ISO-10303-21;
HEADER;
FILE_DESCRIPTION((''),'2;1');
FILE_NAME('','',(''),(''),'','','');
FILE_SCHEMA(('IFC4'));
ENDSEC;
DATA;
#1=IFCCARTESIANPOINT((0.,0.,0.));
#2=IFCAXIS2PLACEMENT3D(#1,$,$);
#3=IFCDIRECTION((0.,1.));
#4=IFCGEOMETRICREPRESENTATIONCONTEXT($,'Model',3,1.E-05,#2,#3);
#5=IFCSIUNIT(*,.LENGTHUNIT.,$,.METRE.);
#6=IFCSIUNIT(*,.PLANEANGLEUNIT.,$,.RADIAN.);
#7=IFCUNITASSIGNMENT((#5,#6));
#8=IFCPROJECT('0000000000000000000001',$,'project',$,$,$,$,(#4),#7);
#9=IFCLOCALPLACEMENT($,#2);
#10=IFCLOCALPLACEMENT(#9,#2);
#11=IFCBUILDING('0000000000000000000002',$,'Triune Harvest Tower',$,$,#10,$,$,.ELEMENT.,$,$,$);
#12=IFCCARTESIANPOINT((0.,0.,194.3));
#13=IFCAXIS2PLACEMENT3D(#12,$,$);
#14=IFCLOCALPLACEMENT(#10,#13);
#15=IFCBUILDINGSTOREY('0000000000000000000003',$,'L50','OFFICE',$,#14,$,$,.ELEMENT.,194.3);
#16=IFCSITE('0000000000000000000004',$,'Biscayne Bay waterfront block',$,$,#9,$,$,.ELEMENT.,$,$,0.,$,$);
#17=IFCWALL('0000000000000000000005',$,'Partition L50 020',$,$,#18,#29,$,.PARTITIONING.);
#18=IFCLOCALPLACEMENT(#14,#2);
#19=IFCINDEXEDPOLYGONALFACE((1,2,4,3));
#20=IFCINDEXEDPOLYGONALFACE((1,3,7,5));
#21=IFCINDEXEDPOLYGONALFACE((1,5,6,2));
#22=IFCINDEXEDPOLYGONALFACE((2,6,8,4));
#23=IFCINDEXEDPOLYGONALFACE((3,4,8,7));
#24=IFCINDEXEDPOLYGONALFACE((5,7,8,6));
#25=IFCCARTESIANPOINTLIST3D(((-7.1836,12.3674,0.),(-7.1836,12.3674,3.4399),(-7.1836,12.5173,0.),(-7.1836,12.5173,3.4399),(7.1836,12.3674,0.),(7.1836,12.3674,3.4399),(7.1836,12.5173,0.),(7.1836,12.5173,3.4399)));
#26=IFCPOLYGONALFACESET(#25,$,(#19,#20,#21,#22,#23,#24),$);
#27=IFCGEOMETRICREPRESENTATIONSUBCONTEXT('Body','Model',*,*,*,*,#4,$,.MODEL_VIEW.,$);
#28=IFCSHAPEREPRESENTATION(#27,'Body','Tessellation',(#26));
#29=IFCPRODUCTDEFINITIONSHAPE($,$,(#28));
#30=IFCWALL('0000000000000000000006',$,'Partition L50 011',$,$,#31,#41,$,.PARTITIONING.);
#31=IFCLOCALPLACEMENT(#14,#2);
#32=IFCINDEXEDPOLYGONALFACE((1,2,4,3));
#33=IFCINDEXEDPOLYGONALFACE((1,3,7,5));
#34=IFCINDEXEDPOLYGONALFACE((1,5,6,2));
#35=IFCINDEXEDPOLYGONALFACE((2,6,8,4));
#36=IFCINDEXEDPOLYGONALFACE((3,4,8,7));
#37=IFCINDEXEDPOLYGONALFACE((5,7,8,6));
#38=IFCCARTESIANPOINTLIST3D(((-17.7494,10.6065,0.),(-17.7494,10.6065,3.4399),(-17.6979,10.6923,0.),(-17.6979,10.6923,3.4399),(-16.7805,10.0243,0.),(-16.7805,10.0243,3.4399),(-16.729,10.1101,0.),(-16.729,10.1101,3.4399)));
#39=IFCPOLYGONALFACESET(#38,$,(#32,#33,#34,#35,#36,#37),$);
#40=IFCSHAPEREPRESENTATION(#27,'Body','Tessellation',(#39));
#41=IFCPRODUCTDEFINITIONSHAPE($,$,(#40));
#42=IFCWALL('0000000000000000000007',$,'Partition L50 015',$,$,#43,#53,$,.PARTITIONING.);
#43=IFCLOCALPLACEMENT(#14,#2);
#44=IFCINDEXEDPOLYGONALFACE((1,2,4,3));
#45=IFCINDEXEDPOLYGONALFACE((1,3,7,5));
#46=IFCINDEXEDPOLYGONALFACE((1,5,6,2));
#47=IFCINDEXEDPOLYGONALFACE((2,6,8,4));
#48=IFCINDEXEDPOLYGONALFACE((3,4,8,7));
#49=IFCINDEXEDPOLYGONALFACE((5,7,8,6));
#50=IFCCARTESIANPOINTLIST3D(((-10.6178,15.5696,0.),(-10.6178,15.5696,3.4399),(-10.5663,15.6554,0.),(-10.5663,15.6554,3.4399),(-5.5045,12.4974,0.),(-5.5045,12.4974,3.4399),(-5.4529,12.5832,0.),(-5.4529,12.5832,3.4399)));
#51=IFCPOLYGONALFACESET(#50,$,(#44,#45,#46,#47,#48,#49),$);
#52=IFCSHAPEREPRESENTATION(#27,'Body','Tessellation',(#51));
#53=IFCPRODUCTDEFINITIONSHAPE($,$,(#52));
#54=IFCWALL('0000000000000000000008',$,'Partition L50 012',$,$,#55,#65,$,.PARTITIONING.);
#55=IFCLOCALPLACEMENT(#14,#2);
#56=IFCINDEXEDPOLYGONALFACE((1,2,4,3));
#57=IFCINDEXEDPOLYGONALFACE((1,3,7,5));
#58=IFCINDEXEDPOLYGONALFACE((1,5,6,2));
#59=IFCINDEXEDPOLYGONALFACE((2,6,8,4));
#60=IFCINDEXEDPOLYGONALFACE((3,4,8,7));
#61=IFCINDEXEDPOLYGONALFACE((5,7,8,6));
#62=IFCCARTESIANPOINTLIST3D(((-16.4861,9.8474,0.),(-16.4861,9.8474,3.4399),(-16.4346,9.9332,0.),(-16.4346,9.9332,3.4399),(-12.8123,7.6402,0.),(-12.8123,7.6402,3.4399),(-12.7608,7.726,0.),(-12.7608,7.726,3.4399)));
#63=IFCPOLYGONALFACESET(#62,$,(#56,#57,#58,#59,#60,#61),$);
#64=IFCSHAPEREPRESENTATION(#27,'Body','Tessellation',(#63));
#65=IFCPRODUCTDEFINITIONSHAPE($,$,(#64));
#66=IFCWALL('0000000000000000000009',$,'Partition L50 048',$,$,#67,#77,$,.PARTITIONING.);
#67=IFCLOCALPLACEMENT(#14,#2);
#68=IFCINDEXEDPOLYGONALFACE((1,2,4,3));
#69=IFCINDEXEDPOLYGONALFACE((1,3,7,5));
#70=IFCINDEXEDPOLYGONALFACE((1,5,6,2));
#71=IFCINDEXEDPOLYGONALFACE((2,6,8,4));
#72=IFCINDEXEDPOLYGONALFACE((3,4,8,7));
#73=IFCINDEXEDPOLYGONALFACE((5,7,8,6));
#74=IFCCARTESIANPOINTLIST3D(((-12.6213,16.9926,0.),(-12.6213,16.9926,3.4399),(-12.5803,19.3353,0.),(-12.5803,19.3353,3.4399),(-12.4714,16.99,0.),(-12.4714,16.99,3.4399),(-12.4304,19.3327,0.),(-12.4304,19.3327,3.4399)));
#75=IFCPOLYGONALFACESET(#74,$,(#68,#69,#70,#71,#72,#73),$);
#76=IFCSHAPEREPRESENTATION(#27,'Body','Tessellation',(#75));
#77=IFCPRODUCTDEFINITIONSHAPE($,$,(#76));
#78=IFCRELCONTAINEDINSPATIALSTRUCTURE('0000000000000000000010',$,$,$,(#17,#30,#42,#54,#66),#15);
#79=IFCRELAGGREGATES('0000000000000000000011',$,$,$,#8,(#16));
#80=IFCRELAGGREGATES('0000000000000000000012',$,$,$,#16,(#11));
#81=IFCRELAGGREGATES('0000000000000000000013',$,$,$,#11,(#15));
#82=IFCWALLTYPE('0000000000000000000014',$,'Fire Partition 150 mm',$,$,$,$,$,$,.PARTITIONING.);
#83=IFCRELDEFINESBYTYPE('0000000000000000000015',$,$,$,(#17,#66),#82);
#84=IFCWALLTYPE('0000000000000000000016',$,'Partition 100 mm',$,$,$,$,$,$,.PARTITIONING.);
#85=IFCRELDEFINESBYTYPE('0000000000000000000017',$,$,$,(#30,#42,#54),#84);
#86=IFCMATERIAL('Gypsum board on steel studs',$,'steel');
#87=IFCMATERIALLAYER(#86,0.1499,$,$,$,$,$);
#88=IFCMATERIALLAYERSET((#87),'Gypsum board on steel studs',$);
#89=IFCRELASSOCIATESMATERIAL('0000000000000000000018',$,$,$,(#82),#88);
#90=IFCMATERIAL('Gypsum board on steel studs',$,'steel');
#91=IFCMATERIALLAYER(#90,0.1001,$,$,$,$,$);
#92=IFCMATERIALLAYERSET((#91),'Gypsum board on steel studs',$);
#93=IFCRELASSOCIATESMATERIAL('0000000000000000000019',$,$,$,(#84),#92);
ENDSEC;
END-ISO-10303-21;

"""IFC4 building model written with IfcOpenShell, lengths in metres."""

from ifc_helpers import new_model, si_unit, direction, frame, frame_2d, origin, place, context, subcontext, project, spatial, rectangle, extrude, source, transform, mapped, material, layer, layer_set, type_object, element, save


model = new_model("IFC4")

# Units and contexts
model_context = context("Model", 3, precision=1e-05, world=origin(), true_north=direction((0.0, 1.0)))
body_context = subcontext(model_context, "Body", "Model", "MODEL_VIEW")
ifc_project = project(units=[si_unit("LENGTHUNIT", "METRE"), si_unit("PLANEANGLEUNIT", "RADIAN")], contexts=[model_context])

# Site, building, storey
site_placement = place(None, origin())
site = spatial("IfcSite", under=ifc_project, at=site_placement, Name="Biscayne Bay waterfront block", CompositionType="ELEMENT", RefElevation=0.0)
building_placement = place(site_placement, origin())
building = spatial("IfcBuilding", under=site, at=building_placement, Name="Triune Harvest Tower", CompositionType="ELEMENT")
storey_placement = place(building_placement, frame((0.0, 0.0, 194.3)))
storey = spatial("IfcBuildingStorey", under=building, at=storey_placement, Name="L50", Description="OFFICE", CompositionType="ELEMENT", Elevation=194.3)

# Walls
ifc_material_1 = material(Name="Gypsum board on steel studs", Category="steel")
ifc_layer_1 = layer(ifc_material_1, 0.1499)
ifc_layer_set_1 = layer_set([ifc_layer_1], Name="Gypsum board on steel studs")
wall_type_1 = type_object("IfcWallType", Name="Fire Partition 150 mm", PredefinedType="PARTITIONING", material=ifc_layer_set_1)
shared_shape_1 = source(origin(), body_context, "Body", "SweptSolid", [
    extrude(rectangle(XDim=14.3672, YDim=0.1499, at=frame_2d((7.1836, 0.0))), origin(), (0.0, 0.0, 1.0), 3.4399),
])
wall_1_placement = place(storey_placement, frame((-7.1836, 12.4424, 0.0), z_axis=(0.0, 0.0, 1.0), x_axis=(1.0, 0.0, 0.0)))
element("IfcWall", 1, at=wall_1_placement, inside=storey, type_object=wall_type_1, Name="Partition L50 020", PredefinedType="PARTITIONING", context=body_context, shape_type="MappedRepresentation", body=[
    mapped(shared_shape_1, transform((0.0, 0.0, 0.0), scale=1.0)),
])
ifc_material_2 = material(Name="Gypsum board on steel studs", Category="steel")
ifc_layer_2 = layer(ifc_material_2, 0.1001)
ifc_layer_set_2 = layer_set([ifc_layer_2], Name="Gypsum board on steel studs")
wall_type_2 = type_object("IfcWallType", Name="Partition 100 mm", PredefinedType="PARTITIONING", material=ifc_layer_set_2)
shared_shape_2 = source(origin(), body_context, "Body", "SweptSolid", [
    extrude(rectangle(XDim=1.1304, YDim=0.1001, at=frame_2d((0.5652, 0.0))), origin(), (0.0, 0.0, 1.0), 3.4399),
])
wall_2_placement = place(storey_placement, frame((-17.7236, 10.6494, 0.0), z_axis=(0.0, 0.0, 1.0), x_axis=(0.85715, -0.515067, 0.0)))
element("IfcWall", 2, at=wall_2_placement, inside=storey, type_object=wall_type_2, Name="Partition L50 011", PredefinedType="PARTITIONING", context=body_context, shape_type="MappedRepresentation", body=[
    mapped(shared_shape_2, transform((0.0, 0.0, 0.0), scale=1.0)),
])
shared_shape_3 = source(origin(), body_context, "Body", "SweptSolid", [
    extrude(rectangle(XDim=5.9653, YDim=0.1001, at=frame_2d((2.9827, 0.0))), origin(), (0.0, 0.0, 1.0), 3.4399),
])
wall_3_placement = place(storey_placement, frame((-10.592, 15.6125, 0.0), z_axis=(0.0, 0.0, 1.0), x_axis=(0.857175, -0.515025, 0.0)))
element("IfcWall", 3, at=wall_3_placement, inside=storey, type_object=wall_type_2, Name="Partition L50 015", PredefinedType="PARTITIONING", context=body_context, shape_type="MappedRepresentation", body=[
    mapped(shared_shape_3, transform((0.0, 0.0, 0.0), scale=1.0)),
])
shared_shape_4 = source(origin(), body_context, "Body", "SweptSolid", [
    extrude(rectangle(XDim=4.2859, YDim=0.1001, at=frame_2d((2.1431, 0.0))), origin(), (0.0, 0.0, 1.0), 3.4399),
])
wall_4_placement = place(storey_placement, frame((-16.4604, 9.8904, 0.0), z_axis=(0.0, 0.0, 1.0), x_axis=(0.857186, -0.515007, 0.0)))
element("IfcWall", 4, at=wall_4_placement, inside=storey, type_object=wall_type_2, Name="Partition L50 012", PredefinedType="PARTITIONING", context=body_context, shape_type="MappedRepresentation", body=[
    mapped(shared_shape_4, transform((0.0, 0.0, 0.0), scale=1.0)),
])
shared_shape_5 = source(origin(), body_context, "Body", "SweptSolid", [
    extrude(rectangle(XDim=2.343, YDim=0.1499, at=frame_2d((1.1714, 0.0))), origin(), (0.0, 0.0, 1.0), 3.4399),
])
wall_5_placement = place(storey_placement, frame((-12.5464, 16.9915, 0.0), z_axis=(0.0, 0.0, 1.0), x_axis=(0.017505, 0.999847, 0.0)))
element("IfcWall", 5, at=wall_5_placement, inside=storey, type_object=wall_type_1, Name="Partition L50 048", PredefinedType="PARTITIONING", context=body_context, shape_type="MappedRepresentation", body=[
    mapped(shared_shape_5, transform((0.0, 0.0, 0.0), scale=1.0)),
])

save(model, "model.ifc")
